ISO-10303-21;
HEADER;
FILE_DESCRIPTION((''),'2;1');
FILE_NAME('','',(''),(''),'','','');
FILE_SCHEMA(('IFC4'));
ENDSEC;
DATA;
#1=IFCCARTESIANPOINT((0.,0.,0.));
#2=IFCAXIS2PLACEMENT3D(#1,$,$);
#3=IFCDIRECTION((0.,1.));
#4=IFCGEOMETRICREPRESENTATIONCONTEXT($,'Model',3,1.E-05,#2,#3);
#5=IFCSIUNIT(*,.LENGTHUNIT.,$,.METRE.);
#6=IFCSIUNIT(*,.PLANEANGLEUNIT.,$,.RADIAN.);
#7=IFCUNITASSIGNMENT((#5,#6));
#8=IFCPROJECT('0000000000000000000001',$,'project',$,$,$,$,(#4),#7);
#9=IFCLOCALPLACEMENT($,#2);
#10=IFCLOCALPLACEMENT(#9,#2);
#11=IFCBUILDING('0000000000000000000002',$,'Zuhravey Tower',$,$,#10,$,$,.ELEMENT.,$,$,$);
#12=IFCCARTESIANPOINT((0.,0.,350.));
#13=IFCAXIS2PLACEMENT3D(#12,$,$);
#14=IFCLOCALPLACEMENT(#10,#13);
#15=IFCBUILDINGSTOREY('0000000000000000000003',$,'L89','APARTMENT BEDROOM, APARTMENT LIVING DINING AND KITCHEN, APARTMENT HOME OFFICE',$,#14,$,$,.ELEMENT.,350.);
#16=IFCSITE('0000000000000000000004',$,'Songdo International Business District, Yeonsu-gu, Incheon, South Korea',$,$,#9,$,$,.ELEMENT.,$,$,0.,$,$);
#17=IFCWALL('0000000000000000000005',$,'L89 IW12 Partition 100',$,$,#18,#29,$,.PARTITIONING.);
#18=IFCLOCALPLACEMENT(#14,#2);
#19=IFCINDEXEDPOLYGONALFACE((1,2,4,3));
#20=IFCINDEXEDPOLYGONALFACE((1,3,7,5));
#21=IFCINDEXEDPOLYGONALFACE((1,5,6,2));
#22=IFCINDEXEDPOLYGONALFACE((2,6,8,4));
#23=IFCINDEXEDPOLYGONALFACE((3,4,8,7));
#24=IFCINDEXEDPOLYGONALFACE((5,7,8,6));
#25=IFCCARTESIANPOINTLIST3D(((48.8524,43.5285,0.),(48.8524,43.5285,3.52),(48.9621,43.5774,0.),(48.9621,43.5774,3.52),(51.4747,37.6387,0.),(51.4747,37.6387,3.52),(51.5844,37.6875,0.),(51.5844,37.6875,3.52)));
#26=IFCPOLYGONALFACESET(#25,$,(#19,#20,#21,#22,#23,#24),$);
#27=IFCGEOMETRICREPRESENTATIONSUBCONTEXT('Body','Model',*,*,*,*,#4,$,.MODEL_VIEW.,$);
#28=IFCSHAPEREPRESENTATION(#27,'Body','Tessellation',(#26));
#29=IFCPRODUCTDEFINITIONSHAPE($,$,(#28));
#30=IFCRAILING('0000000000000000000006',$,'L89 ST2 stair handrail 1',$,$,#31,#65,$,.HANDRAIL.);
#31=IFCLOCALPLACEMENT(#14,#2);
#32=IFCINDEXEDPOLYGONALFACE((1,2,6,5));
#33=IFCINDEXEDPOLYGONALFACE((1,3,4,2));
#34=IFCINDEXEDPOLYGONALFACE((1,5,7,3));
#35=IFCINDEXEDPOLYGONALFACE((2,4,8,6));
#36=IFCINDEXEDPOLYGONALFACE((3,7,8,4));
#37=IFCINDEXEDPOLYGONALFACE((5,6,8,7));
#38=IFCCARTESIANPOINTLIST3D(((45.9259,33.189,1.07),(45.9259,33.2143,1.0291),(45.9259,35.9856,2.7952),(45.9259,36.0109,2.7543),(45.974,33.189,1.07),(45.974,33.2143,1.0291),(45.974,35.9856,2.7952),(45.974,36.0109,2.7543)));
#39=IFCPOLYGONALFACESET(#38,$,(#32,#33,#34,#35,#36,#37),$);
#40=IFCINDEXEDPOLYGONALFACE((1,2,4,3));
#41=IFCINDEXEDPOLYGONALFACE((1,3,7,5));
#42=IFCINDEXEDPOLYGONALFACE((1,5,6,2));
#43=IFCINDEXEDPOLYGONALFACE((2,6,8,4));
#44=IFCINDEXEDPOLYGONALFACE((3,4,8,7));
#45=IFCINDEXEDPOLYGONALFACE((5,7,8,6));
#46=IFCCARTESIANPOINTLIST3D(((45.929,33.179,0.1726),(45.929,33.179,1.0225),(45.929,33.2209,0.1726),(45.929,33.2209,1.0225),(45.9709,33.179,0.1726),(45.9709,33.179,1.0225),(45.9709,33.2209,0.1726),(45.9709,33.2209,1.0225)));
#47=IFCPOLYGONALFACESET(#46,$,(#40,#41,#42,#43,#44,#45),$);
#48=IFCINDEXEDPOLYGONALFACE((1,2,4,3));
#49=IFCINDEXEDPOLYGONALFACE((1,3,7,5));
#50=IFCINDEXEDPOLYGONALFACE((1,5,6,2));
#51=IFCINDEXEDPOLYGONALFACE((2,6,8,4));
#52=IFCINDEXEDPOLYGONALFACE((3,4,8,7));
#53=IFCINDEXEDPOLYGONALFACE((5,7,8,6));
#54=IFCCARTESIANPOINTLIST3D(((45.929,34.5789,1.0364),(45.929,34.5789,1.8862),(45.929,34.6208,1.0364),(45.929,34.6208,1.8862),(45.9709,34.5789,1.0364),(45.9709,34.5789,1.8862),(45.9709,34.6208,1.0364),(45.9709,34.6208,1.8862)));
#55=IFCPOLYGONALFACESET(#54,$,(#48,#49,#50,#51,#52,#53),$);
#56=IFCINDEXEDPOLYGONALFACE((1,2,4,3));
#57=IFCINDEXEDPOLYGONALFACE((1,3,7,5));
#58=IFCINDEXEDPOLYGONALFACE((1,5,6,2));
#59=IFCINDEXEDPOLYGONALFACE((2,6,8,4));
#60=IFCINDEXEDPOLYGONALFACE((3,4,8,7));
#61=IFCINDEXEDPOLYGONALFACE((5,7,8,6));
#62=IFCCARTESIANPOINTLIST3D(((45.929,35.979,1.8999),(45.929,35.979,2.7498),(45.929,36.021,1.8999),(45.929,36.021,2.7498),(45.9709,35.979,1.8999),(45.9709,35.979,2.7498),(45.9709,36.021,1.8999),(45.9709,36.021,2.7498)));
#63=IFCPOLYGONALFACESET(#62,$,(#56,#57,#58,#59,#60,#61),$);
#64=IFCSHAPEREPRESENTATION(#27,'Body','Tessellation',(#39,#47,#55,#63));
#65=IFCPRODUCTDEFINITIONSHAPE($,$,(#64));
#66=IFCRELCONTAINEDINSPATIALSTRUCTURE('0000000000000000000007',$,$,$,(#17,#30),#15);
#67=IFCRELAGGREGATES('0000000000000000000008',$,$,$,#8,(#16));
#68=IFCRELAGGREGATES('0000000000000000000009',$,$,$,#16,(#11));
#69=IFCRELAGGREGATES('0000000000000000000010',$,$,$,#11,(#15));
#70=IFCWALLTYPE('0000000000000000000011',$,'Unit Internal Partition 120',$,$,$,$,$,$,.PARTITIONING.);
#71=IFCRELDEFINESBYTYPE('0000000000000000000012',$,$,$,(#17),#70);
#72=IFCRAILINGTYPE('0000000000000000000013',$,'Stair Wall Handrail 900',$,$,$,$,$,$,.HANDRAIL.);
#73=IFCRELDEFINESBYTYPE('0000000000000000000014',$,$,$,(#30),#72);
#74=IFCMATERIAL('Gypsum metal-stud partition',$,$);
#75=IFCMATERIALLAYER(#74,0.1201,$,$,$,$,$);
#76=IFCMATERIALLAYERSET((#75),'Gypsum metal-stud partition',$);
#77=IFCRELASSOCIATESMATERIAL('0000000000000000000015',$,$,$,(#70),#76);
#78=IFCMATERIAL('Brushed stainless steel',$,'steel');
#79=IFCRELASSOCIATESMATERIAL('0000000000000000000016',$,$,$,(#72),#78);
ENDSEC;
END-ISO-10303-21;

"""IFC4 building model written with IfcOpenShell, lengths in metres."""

from ifc_helpers import new_model, si_unit, direction, frame, frame_2d, origin, origin_2d, place, context, subcontext, project, spatial, rectangle, extrude, material, layer, layer_set, type_object, element, save


model = new_model("IFC4")

# Units and contexts
model_context = context("Model", 3, precision=1e-05, world=origin(), true_north=direction((0.0, 1.0)))
body_context = subcontext(model_context, "Body", "Model", "MODEL_VIEW")
ifc_project = project(units=[si_unit("LENGTHUNIT", "METRE"), si_unit("PLANEANGLEUNIT", "RADIAN")], contexts=[model_context])

# Site, building, storey
site_placement = place(None, origin())
site = spatial("IfcSite", under=ifc_project, at=site_placement, Name="Songdo International Business District, Yeonsu-gu, Incheon, South Korea", CompositionType="ELEMENT", RefElevation=0.0)
building_placement = place(site_placement, origin())
building = spatial("IfcBuilding", under=site, at=building_placement, Name="Zuhravey Tower", CompositionType="ELEMENT")
storey_placement = place(building_placement, frame((0.0, 0.0, 350.0)))
storey = spatial("IfcBuildingStorey", under=building, at=storey_placement, Name="L89", Description="APARTMENT BEDROOM, APARTMENT LIVING DINING AND KITCHEN, APARTMENT HOME OFFICE", CompositionType="ELEMENT", Elevation=350.0)

# Shared definitions
ifc_material_1 = material(Name="Gypsum metal-stud partition")
ifc_layer_1 = layer(ifc_material_1, 0.1201)
ifc_layer_set_1 = layer_set([ifc_layer_1], Name="Gypsum metal-stud partition")
wall_type_1 = type_object("IfcWallType", Name="Unit Internal Partition 120", PredefinedType="PARTITIONING", material=ifc_layer_set_1)

# Wall
wall_1_placement = place(storey_placement, frame((51.5295, 37.6631, 0.0), z_axis=(0.0, 0.0, 1.0), x_axis=(-0.406732, 0.913547, 0.0)))
element("IfcWall", 1, at=wall_1_placement, inside=storey, type_object=wall_type_1, Name="L89 IW12 Partition 100", PredefinedType="PARTITIONING", context=body_context, shape_type="SweptSolid", body=[
    extrude(rectangle(XDim=6.4473, YDim=0.1201, at=frame_2d((3.2236, 0.0))), origin(), (0.0, 0.0, 1.0), 3.52),
])

# Railing
ifc_material_2 = material(Name="Brushed stainless steel", Category="steel")
railing_type = type_object("IfcRailingType", Name="Stair Wall Handrail 900", PredefinedType="HANDRAIL", material=ifc_material_2)
railing_placement = place(storey_placement, frame((45.95, 33.2, 0.1726)))
element("IfcRailing", 2, at=railing_placement, inside=storey, type_object=railing_type, Name="L89 ST2 stair handrail 1", PredefinedType="HANDRAIL", context=body_context, shape_type="SweptSolid", body=[
    extrude(rectangle(XDim=0.0481, YDim=0.0481, at=origin_2d()), frame((0.0, 0.0017, 0.877), z_axis=(0.0, 0.85109, 0.52502), x_axis=(-1.0, 0.0, 0.0)), (0.0, 0.0, 1.0), 3.2859),
    extrude(rectangle(XDim=0.042, YDim=0.042, at=origin_2d()), origin(), (0.0, 0.0, 1.0), 0.8499),
    extrude(rectangle(XDim=0.042, YDim=0.042, at=origin_2d()), frame((0.0, 1.3999, 0.8638)), (0.0, 0.0, 1.0), 0.8499),
    extrude(rectangle(XDim=0.042, YDim=0.042, at=origin_2d()), frame((0.0, 2.8, 1.7273)), (0.0, 0.0, 1.0), 0.8499),
])

save(model, "model.ifc")
